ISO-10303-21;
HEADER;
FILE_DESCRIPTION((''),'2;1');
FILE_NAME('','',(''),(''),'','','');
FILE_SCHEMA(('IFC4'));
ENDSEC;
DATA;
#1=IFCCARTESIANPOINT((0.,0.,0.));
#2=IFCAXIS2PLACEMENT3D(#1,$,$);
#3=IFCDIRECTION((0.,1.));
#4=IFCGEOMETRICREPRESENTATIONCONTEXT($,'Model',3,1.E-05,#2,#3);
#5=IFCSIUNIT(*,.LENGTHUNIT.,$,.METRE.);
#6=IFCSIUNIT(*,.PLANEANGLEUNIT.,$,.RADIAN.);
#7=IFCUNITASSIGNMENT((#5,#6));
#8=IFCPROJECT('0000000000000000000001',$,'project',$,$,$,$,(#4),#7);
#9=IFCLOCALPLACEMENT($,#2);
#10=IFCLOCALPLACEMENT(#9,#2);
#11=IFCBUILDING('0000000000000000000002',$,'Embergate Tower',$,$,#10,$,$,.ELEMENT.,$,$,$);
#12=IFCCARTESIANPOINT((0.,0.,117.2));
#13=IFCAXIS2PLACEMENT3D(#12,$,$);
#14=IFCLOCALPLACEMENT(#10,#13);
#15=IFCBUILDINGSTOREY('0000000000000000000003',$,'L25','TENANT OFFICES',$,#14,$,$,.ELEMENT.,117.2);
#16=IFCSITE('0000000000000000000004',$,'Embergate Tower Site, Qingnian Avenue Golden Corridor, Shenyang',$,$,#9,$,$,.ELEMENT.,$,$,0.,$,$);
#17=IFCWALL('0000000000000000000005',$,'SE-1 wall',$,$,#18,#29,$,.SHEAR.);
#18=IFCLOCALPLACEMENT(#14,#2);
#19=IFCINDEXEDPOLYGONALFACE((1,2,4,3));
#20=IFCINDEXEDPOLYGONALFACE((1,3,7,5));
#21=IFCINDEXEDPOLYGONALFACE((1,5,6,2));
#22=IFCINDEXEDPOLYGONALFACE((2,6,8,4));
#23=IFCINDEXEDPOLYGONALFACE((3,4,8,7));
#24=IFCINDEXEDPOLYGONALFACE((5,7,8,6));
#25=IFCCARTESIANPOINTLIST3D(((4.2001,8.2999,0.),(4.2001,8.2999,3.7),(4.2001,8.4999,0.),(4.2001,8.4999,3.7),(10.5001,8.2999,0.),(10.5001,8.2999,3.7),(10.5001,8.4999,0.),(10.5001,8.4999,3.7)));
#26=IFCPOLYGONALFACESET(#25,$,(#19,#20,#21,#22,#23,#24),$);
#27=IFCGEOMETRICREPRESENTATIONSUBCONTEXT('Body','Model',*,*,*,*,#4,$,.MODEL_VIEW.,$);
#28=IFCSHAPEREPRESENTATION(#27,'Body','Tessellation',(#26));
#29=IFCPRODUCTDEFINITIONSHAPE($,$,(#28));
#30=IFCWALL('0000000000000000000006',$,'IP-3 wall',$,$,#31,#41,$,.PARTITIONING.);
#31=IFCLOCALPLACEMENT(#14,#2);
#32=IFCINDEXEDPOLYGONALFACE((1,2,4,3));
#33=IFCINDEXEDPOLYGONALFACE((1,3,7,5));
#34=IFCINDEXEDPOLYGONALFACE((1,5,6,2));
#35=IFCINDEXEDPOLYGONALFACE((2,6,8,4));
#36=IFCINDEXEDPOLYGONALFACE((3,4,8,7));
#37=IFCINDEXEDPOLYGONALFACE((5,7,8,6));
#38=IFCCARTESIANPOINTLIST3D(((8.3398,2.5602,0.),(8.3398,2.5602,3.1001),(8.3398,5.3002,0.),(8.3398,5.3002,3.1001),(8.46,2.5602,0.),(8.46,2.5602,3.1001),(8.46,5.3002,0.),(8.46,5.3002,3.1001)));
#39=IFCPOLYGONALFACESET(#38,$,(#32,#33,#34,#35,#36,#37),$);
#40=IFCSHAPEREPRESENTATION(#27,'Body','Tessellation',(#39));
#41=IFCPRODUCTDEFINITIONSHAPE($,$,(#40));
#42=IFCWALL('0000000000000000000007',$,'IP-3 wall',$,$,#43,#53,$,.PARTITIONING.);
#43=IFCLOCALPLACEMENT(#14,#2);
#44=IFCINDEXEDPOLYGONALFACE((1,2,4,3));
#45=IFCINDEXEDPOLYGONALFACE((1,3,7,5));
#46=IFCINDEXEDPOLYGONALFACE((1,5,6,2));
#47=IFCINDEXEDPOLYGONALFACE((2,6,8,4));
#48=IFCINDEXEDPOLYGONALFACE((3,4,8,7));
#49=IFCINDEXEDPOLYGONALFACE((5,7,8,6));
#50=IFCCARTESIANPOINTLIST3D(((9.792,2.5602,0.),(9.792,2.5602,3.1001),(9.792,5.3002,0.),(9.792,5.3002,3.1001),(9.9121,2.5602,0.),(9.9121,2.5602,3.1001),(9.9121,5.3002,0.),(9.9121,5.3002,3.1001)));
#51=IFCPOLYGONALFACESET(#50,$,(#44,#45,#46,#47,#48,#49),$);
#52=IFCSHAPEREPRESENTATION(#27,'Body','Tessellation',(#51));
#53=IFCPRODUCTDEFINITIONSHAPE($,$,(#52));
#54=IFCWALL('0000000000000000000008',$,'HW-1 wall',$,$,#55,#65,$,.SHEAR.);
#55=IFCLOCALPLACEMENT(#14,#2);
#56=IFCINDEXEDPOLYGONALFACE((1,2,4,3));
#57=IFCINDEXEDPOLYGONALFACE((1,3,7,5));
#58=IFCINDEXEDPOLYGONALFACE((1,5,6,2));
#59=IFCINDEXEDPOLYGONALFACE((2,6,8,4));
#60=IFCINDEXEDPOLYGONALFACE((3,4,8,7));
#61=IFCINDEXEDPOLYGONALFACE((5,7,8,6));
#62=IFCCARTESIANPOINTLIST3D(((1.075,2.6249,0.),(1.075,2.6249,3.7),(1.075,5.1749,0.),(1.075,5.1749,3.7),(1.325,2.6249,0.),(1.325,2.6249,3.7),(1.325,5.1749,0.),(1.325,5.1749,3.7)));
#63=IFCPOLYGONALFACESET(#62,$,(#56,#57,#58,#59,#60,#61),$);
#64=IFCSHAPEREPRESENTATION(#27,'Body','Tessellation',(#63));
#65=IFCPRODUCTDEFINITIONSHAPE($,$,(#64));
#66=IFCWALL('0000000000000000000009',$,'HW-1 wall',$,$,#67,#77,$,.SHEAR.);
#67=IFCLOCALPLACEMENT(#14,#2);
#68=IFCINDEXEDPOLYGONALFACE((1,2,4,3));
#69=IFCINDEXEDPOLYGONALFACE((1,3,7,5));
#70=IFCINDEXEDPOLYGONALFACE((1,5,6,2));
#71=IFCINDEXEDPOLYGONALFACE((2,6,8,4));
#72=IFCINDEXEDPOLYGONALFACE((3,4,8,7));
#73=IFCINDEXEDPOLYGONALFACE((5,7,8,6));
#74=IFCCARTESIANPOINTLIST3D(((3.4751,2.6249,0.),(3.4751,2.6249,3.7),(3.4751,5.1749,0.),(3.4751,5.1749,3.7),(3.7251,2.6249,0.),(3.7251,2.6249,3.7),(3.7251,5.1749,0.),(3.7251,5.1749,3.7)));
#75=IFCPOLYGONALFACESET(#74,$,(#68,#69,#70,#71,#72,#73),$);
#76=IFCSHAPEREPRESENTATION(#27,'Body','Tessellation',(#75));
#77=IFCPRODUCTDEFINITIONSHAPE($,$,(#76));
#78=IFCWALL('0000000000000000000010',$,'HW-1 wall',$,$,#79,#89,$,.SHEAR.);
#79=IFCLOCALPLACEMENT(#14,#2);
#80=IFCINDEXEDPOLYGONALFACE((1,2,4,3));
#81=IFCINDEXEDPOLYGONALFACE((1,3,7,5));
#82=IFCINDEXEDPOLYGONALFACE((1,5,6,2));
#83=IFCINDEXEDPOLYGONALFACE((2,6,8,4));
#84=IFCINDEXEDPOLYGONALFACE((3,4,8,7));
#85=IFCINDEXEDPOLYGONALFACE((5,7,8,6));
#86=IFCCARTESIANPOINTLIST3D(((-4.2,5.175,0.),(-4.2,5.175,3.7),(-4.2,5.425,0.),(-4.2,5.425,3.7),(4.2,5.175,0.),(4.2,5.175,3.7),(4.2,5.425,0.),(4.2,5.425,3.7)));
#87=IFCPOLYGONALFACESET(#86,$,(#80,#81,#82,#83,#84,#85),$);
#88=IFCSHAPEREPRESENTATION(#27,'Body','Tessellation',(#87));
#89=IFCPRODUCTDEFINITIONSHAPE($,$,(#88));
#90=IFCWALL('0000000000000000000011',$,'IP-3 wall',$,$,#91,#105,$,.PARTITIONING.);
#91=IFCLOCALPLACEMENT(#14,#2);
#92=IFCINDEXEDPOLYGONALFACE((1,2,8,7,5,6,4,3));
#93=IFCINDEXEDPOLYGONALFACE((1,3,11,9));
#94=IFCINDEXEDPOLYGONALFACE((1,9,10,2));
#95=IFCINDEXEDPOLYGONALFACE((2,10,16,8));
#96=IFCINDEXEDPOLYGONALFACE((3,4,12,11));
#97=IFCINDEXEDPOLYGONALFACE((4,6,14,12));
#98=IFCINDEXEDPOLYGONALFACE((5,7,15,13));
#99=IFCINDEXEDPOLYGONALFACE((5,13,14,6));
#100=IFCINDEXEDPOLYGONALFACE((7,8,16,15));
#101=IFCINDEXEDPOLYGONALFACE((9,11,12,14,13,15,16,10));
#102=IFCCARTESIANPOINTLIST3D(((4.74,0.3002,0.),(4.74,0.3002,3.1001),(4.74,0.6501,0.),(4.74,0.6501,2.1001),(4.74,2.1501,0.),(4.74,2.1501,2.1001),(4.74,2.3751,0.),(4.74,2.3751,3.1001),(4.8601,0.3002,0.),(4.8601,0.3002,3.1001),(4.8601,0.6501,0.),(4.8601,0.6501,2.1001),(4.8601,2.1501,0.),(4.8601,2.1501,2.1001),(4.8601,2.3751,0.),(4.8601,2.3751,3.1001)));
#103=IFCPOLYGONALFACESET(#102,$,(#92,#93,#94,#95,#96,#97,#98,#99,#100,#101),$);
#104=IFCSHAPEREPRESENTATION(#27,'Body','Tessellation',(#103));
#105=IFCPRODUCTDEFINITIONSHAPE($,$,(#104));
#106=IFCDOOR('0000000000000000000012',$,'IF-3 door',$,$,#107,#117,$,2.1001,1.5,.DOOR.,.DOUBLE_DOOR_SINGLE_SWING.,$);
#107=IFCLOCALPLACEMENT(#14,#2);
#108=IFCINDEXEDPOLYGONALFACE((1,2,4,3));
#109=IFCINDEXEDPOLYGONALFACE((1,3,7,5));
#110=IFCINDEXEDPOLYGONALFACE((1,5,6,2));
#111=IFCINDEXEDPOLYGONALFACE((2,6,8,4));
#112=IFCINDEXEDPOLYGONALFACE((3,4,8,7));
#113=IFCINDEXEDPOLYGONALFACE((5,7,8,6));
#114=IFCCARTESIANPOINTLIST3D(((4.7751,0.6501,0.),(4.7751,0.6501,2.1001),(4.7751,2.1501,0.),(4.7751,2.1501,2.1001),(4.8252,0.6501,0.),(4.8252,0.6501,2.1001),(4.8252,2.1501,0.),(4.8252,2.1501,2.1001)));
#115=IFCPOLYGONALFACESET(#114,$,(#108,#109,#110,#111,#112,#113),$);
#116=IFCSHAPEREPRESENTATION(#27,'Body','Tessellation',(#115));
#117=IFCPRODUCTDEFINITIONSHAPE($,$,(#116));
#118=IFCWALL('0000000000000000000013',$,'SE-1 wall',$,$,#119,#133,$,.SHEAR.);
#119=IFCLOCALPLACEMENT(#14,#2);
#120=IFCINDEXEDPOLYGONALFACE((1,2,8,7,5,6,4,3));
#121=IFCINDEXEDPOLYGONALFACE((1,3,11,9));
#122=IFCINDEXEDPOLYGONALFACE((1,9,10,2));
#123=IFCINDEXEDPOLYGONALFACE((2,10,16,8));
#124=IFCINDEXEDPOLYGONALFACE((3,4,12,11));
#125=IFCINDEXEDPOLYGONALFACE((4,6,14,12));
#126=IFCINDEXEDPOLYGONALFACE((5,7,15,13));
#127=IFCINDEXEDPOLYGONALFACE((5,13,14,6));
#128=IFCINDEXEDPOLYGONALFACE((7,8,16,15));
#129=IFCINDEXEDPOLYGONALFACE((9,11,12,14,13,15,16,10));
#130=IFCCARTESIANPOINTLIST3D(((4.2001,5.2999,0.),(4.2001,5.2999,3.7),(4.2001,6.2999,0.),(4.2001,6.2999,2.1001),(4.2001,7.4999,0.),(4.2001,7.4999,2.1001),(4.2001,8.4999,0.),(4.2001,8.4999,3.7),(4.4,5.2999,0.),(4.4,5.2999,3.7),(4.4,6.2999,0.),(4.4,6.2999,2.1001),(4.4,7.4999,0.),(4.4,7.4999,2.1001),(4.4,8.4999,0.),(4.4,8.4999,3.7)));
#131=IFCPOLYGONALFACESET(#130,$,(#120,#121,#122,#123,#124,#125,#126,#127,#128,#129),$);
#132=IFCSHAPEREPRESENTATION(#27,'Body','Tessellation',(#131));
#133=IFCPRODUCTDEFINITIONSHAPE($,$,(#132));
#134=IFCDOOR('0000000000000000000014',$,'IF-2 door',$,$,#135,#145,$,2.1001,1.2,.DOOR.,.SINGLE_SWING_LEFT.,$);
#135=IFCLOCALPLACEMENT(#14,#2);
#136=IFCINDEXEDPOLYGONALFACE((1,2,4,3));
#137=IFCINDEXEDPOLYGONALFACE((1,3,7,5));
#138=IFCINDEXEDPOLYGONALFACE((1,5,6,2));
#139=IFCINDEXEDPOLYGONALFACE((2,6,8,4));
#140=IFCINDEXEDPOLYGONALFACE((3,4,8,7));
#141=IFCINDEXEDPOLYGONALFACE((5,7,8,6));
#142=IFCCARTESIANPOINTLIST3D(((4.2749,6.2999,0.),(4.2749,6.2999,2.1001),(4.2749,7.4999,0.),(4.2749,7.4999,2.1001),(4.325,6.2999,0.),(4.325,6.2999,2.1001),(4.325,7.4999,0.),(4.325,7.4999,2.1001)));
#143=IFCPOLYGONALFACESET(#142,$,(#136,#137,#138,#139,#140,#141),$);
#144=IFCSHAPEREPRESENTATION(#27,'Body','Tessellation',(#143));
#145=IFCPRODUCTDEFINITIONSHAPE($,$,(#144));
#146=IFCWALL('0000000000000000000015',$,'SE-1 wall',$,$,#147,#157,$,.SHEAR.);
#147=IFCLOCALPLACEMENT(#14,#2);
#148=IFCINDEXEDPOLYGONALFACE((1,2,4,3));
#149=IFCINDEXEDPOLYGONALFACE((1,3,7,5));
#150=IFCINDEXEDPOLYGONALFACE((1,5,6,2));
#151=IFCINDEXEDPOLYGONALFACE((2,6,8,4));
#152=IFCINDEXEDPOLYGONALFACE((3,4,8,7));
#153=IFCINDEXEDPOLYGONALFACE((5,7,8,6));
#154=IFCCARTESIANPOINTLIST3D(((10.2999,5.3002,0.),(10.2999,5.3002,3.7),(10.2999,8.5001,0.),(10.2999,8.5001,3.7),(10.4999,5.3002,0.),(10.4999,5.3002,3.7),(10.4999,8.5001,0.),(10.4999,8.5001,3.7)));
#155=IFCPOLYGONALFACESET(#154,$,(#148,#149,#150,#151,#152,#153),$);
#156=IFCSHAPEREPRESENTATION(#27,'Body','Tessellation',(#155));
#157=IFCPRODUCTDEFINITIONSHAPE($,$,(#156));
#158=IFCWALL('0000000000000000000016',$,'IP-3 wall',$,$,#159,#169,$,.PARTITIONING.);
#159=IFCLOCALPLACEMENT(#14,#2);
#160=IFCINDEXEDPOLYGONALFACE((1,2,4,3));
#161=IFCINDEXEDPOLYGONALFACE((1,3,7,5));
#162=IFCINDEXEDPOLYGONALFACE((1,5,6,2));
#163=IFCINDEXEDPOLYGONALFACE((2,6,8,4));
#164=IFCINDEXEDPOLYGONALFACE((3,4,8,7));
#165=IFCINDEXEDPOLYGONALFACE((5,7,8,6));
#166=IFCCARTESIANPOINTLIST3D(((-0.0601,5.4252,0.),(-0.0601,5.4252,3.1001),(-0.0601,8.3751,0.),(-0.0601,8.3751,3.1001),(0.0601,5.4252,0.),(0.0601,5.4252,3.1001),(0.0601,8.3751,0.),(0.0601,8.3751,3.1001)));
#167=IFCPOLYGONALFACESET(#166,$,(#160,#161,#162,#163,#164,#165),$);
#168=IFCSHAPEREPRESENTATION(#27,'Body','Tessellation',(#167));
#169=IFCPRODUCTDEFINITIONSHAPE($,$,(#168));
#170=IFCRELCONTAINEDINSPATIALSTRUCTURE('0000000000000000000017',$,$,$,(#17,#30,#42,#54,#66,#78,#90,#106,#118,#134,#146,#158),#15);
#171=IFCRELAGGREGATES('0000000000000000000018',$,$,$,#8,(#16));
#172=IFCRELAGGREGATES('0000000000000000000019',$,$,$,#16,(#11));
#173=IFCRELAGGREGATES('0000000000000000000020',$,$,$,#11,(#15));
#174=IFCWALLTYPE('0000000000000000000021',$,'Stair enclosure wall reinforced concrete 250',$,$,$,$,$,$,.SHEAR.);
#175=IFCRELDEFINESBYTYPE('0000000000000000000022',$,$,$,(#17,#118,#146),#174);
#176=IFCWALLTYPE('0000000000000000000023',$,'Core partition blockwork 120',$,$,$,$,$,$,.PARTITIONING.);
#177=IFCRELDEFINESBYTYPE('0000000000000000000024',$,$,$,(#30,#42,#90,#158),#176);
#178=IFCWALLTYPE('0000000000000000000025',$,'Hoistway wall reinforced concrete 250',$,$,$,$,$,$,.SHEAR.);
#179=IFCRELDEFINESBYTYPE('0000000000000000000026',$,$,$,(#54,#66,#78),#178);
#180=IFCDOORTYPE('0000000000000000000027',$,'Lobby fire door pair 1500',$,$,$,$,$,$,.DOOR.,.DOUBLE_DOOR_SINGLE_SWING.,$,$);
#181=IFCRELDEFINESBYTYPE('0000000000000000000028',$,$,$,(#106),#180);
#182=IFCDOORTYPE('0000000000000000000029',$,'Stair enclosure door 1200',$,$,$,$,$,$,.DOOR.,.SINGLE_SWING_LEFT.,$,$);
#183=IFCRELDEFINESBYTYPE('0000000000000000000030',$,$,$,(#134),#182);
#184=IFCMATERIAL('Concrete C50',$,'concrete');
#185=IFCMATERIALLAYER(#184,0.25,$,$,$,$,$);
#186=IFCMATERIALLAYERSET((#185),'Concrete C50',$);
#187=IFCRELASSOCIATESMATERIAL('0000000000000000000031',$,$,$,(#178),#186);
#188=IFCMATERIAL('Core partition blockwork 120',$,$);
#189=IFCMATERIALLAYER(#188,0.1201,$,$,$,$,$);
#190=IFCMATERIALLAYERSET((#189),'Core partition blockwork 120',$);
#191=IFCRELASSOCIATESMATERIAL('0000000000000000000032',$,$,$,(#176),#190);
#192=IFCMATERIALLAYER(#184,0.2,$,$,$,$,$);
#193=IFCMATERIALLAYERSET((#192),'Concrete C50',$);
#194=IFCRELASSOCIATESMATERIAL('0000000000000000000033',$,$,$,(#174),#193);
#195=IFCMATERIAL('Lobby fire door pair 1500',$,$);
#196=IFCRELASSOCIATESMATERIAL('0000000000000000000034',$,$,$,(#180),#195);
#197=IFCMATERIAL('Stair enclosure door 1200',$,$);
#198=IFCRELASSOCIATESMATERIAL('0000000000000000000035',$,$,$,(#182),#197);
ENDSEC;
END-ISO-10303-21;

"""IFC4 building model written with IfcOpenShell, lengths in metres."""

from ifc_helpers import new_model, si_unit, direction, frame, frame_2d, origin, place, context, subcontext, project, spatial, rectangle, extrude, source, transform, mapped, material, layer, layer_set, type_object, element, fill, save


model = new_model("IFC4")

# Units and contexts
model_context = context("Model", 3, precision=1e-05, world=origin(), true_north=direction((0.0, 1.0)))
body_context = subcontext(model_context, "Body", "Model", "MODEL_VIEW")
ifc_project = project(units=[si_unit("LENGTHUNIT", "METRE"), si_unit("PLANEANGLEUNIT", "RADIAN")], contexts=[model_context])

# Site, building, storey
site_placement = place(None, origin())
site = spatial("IfcSite", under=ifc_project, at=site_placement, Name="Embergate Tower Site, Qingnian Avenue Golden Corridor, Shenyang", CompositionType="ELEMENT", RefElevation=0.0)
building_placement = place(site_placement, origin())
building = spatial("IfcBuilding", under=site, at=building_placement, Name="Embergate Tower", CompositionType="ELEMENT")
storey_placement = place(building_placement, frame((0.0, 0.0, 117.2)))
storey = spatial("IfcBuildingStorey", under=building, at=storey_placement, Name="L25", Description="TENANT OFFICES", CompositionType="ELEMENT", Elevation=117.2)

# Shared definitions
ifc_material_1 = material(Name="Concrete C50", Category="concrete")
ifc_layer_1 = layer(ifc_material_1, 0.25)
ifc_layer_set_1 = layer_set([ifc_layer_1], Name="Concrete C50")
wall_type_1 = type_object("IfcWallType", Name="Hoistway wall reinforced concrete 250", PredefinedType="SHEAR", material=ifc_layer_set_1)

# Shared definitions
ifc_material_2 = material(Name="Core partition blockwork 120")
ifc_layer_2 = layer(ifc_material_2, 0.1201)
ifc_layer_set_2 = layer_set([ifc_layer_2], Name="Core partition blockwork 120")
wall_type_2 = type_object("IfcWallType", Name="Core partition blockwork 120", PredefinedType="PARTITIONING", material=ifc_layer_set_2)

# Walls
ifc_layer_3 = layer(ifc_material_1, 0.2)
ifc_layer_set_3 = layer_set([ifc_layer_3], Name="Concrete C50")
wall_type_3 = type_object("IfcWallType", Name="Stair enclosure wall reinforced concrete 250", PredefinedType="SHEAR", material=ifc_layer_set_3)
shared_shape_1 = source(origin(), body_context, "Body", "SweptSolid", [
    extrude(rectangle(XDim=6.3, YDim=0.2, at=frame_2d((3.1499, 0.0))), origin(), (0.0, 0.0, 1.0), 3.7),
])
for number, where, z_axis, x_axis, name in (
    (1, (10.5, 8.3999, 0.0), (0.0, 0.0, 1.0), (-1.0, 0.0, 0.0), "SE-1 wall"),
):
    element("IfcWall", number, at=place(storey_placement, frame(where, z_axis=z_axis, x_axis=x_axis)), inside=storey, type_object=wall_type_3, Name=name, PredefinedType="SHEAR", context=body_context, shape_type="MappedRepresentation", body=[
        mapped(shared_shape_1, transform((0.0, 0.0, 0.0))),
    ])
shared_shape_2 = source(origin(), body_context, "Body", "SweptSolid", [
    extrude(rectangle(XDim=2.74, YDim=0.1201, at=frame_2d((1.3701, 0.0))), origin(), (0.0, 0.0, 1.0), 3.1001),
])
for number, where, z_axis, x_axis, name in (
    (2, (8.3999, 2.5601, 0.0), (0.0, 0.0, 1.0), (0.0, 1.0, 0.0), "IP-3 wall"),
    (3, (9.8521, 2.5601, 0.0), (0.0, 0.0, 1.0), (0.0, 1.0, 0.0), "IP-3 wall"),
):
    element("IfcWall", number, at=place(storey_placement, frame(where, z_axis=z_axis, x_axis=x_axis)), inside=storey, type_object=wall_type_2, Name=name, PredefinedType="PARTITIONING", context=body_context, shape_type="MappedRepresentation", body=[
        mapped(shared_shape_2, transform((0.0, 0.0, 0.0))),
    ])
shared_shape_3 = source(origin(), body_context, "Body", "SweptSolid", [
    extrude(rectangle(XDim=2.55, YDim=0.25, at=frame_2d((1.2749, 0.0))), origin(), (0.0, 0.0, 1.0), 3.7),
])
for number, where, z_axis, x_axis, name in (
    (4, (1.2, 2.625, 0.0), (0.0, 0.0, 1.0), (0.0, 1.0, 0.0), "HW-1 wall"),
    (5, (3.6001, 2.625, 0.0), (0.0, 0.0, 1.0), (0.0, 1.0, 0.0), "HW-1 wall"),
):
    element("IfcWall", number, at=place(storey_placement, frame(where, z_axis=z_axis, x_axis=x_axis)), inside=storey, type_object=wall_type_1, Name=name, PredefinedType="SHEAR", context=body_context, shape_type="MappedRepresentation", body=[
        mapped(shared_shape_3, transform((0.0, 0.0, 0.0))),
    ])
shared_shape_4 = source(origin(), body_context, "Body", "SweptSolid", [
    extrude(rectangle(XDim=8.3999, YDim=0.25, at=frame_2d((4.2, 0.0))), origin(), (0.0, 0.0, 1.0), 3.7),
])
wall_1_placement = place(storey_placement, frame((4.2, 5.3, 0.0), z_axis=(0.0, 0.0, 1.0), x_axis=(-1.0, 0.0, 0.0)))
element("IfcWall", 6, at=wall_1_placement, inside=storey, type_object=wall_type_1, Name="HW-1 wall", PredefinedType="SHEAR", context=body_context, shape_type="MappedRepresentation", body=[
    mapped(shared_shape_4, transform((0.0, 0.0, 0.0))),
])

# Walls, openings, doors
shared_shape_5 = source(origin(), body_context, "Body", "SweptSolid", [
    extrude(rectangle(XDim=2.075, YDim=0.1201, at=frame_2d((1.0376, 0.0))), origin(), (0.0, 0.0, 1.0), 3.1001),
])
wall_2_placement = place(storey_placement, frame((4.8, 0.3, 0.0), z_axis=(0.0, 0.0, 1.0), x_axis=(0.0, 1.0, 0.0)))
wall_2 = element("IfcWall", 7, at=wall_2_placement, inside=storey, type_object=wall_type_2, Name="IP-3 wall", PredefinedType="PARTITIONING", context=body_context, shape_type="MappedRepresentation", body=[
    mapped(shared_shape_5, transform((0.0, 0.0, 0.0))),
])
shared_shape_6 = source(origin(), body_context, "Body", "SweptSolid", [
    extrude(rectangle(XDim=1.5, YDim=2.1001, at=frame_2d((0.75, 1.05))), frame((0.0, 0.0701, 0.0), z_axis=(0.0, -1.0, 0.0), x_axis=(1.0, 0.0, 0.0)), (0.0, 0.0, 1.0), 0.1401),
])
opening_1_placement = place(wall_2_placement, frame((0.3501, 0.0, 0.0)))
opening_1 = element("IfcOpeningElement", 8, at=opening_1_placement, cuts=wall_2, PredefinedType="OPENING", context=body_context, shape_type="MappedRepresentation", body=[
    mapped(shared_shape_6, transform((0.0, 0.0, 0.0))),
])
ifc_material_3 = material(Name="Lobby fire door pair 1500")
door_type_1 = type_object("IfcDoorType", Name="Lobby fire door pair 1500", OperationType="DOUBLE_DOOR_SINGLE_SWING", PredefinedType="DOOR", material=ifc_material_3)
shared_shape_7 = source(origin(), body_context, "Body", "SweptSolid", [
    extrude(rectangle(XDim=1.5, YDim=2.1001, at=frame_2d((0.75, 1.05))), frame((0.0, 0.0249, 0.0), z_axis=(0.0, -1.0, 0.0), x_axis=(1.0, 0.0, 0.0)), (0.0, 0.0, 1.0), 0.05),
])
door_1_placement = place(opening_1_placement, origin())
door_1 = element("IfcDoor", 9, at=door_1_placement, inside=storey, type_object=door_type_1, Name="IF-3 door", OperationType="DOUBLE_DOOR_SINGLE_SWING", OverallHeight=2.1001, OverallWidth=1.5, PredefinedType="DOOR", context=body_context, shape_type="MappedRepresentation", body=[
    mapped(shared_shape_7, transform((0.0, 0.0, 0.0))),
])
fill(opening_1, door_1)
shared_shape_8 = source(origin(), body_context, "Body", "SweptSolid", [
    extrude(rectangle(XDim=3.2, YDim=0.2, at=frame_2d((1.6001, 0.0))), origin(), (0.0, 0.0, 1.0), 3.7),
])
wall_3_placement = place(storey_placement, frame((4.3, 8.5, 0.0), z_axis=(0.0, 0.0, 1.0), x_axis=(0.0, -1.0, 0.0)))
wall_3 = element("IfcWall", 10, at=wall_3_placement, inside=storey, type_object=wall_type_3, Name="SE-1 wall", PredefinedType="SHEAR", context=body_context, shape_type="MappedRepresentation", body=[
    mapped(shared_shape_8, transform((0.0, 0.0, 0.0))),
])
shared_shape_9 = source(origin(), body_context, "Body", "SweptSolid", [
    extrude(rectangle(XDim=1.2, YDim=2.1001, at=frame_2d((0.6001, 1.05))), frame((0.0, 0.1099, 0.0), z_axis=(0.0, -1.0, 0.0), x_axis=(1.0, 0.0, 0.0)), (0.0, 0.0, 1.0), 0.22),
])
opening_2_placement = place(wall_3_placement, frame((1.0, 0.0, 0.0)))
opening_2 = element("IfcOpeningElement", 11, at=opening_2_placement, cuts=wall_3, PredefinedType="OPENING", context=body_context, shape_type="MappedRepresentation", body=[
    mapped(shared_shape_9, transform((0.0, 0.0, 0.0))),
])
ifc_material_4 = material(Name="Stair enclosure door 1200")
door_type_2 = type_object("IfcDoorType", Name="Stair enclosure door 1200", OperationType="SINGLE_SWING_LEFT", PredefinedType="DOOR", material=ifc_material_4)
shared_shape_10 = source(origin(), body_context, "Body", "SweptSolid", [
    extrude(rectangle(XDim=1.2, YDim=2.1001, at=frame_2d((0.6001, 1.05))), frame((0.0, 0.0249, 0.0), z_axis=(0.0, -1.0, 0.0), x_axis=(1.0, 0.0, 0.0)), (0.0, 0.0, 1.0), 0.05),
])
door_2_placement = place(opening_2_placement, origin())
door_2 = element("IfcDoor", 12, at=door_2_placement, inside=storey, type_object=door_type_2, Name="IF-2 door", OperationType="SINGLE_SWING_LEFT", OverallHeight=2.1001, OverallWidth=1.2, PredefinedType="DOOR", context=body_context, shape_type="MappedRepresentation", body=[
    mapped(shared_shape_10, transform((0.0, 0.0, 0.0))),
])
fill(opening_2, door_2)

# Walls
wall_4_placement = place(storey_placement, frame((10.3999, 5.3, 0.0), z_axis=(0.0, 0.0, 1.0), x_axis=(0.0, 1.0, 0.0)))
element("IfcWall", 13, at=wall_4_placement, inside=storey, type_object=wall_type_3, Name="SE-1 wall", PredefinedType="SHEAR", context=body_context, shape_type="MappedRepresentation", body=[
    mapped(shared_shape_8, transform((0.0, 0.0, 0.0))),
])
shared_shape_11 = source(origin(), body_context, "Body", "SweptSolid", [
    extrude(rectangle(XDim=2.95, YDim=0.1201, at=frame_2d((1.4751, 0.0))), origin(), (0.0, 0.0, 1.0), 3.1001),
])
wall_5_placement = place(storey_placement, frame((0.0, 5.425, 0.0), z_axis=(0.0, 0.0, 1.0), x_axis=(0.0, 1.0, 0.0)))
element("IfcWall", 14, at=wall_5_placement, inside=storey, type_object=wall_type_2, Name="IP-3 wall", PredefinedType="PARTITIONING", context=body_context, shape_type="MappedRepresentation", body=[
    mapped(shared_shape_11, transform((0.0, 0.0, 0.0))),
])

save(model, "model.ifc")
